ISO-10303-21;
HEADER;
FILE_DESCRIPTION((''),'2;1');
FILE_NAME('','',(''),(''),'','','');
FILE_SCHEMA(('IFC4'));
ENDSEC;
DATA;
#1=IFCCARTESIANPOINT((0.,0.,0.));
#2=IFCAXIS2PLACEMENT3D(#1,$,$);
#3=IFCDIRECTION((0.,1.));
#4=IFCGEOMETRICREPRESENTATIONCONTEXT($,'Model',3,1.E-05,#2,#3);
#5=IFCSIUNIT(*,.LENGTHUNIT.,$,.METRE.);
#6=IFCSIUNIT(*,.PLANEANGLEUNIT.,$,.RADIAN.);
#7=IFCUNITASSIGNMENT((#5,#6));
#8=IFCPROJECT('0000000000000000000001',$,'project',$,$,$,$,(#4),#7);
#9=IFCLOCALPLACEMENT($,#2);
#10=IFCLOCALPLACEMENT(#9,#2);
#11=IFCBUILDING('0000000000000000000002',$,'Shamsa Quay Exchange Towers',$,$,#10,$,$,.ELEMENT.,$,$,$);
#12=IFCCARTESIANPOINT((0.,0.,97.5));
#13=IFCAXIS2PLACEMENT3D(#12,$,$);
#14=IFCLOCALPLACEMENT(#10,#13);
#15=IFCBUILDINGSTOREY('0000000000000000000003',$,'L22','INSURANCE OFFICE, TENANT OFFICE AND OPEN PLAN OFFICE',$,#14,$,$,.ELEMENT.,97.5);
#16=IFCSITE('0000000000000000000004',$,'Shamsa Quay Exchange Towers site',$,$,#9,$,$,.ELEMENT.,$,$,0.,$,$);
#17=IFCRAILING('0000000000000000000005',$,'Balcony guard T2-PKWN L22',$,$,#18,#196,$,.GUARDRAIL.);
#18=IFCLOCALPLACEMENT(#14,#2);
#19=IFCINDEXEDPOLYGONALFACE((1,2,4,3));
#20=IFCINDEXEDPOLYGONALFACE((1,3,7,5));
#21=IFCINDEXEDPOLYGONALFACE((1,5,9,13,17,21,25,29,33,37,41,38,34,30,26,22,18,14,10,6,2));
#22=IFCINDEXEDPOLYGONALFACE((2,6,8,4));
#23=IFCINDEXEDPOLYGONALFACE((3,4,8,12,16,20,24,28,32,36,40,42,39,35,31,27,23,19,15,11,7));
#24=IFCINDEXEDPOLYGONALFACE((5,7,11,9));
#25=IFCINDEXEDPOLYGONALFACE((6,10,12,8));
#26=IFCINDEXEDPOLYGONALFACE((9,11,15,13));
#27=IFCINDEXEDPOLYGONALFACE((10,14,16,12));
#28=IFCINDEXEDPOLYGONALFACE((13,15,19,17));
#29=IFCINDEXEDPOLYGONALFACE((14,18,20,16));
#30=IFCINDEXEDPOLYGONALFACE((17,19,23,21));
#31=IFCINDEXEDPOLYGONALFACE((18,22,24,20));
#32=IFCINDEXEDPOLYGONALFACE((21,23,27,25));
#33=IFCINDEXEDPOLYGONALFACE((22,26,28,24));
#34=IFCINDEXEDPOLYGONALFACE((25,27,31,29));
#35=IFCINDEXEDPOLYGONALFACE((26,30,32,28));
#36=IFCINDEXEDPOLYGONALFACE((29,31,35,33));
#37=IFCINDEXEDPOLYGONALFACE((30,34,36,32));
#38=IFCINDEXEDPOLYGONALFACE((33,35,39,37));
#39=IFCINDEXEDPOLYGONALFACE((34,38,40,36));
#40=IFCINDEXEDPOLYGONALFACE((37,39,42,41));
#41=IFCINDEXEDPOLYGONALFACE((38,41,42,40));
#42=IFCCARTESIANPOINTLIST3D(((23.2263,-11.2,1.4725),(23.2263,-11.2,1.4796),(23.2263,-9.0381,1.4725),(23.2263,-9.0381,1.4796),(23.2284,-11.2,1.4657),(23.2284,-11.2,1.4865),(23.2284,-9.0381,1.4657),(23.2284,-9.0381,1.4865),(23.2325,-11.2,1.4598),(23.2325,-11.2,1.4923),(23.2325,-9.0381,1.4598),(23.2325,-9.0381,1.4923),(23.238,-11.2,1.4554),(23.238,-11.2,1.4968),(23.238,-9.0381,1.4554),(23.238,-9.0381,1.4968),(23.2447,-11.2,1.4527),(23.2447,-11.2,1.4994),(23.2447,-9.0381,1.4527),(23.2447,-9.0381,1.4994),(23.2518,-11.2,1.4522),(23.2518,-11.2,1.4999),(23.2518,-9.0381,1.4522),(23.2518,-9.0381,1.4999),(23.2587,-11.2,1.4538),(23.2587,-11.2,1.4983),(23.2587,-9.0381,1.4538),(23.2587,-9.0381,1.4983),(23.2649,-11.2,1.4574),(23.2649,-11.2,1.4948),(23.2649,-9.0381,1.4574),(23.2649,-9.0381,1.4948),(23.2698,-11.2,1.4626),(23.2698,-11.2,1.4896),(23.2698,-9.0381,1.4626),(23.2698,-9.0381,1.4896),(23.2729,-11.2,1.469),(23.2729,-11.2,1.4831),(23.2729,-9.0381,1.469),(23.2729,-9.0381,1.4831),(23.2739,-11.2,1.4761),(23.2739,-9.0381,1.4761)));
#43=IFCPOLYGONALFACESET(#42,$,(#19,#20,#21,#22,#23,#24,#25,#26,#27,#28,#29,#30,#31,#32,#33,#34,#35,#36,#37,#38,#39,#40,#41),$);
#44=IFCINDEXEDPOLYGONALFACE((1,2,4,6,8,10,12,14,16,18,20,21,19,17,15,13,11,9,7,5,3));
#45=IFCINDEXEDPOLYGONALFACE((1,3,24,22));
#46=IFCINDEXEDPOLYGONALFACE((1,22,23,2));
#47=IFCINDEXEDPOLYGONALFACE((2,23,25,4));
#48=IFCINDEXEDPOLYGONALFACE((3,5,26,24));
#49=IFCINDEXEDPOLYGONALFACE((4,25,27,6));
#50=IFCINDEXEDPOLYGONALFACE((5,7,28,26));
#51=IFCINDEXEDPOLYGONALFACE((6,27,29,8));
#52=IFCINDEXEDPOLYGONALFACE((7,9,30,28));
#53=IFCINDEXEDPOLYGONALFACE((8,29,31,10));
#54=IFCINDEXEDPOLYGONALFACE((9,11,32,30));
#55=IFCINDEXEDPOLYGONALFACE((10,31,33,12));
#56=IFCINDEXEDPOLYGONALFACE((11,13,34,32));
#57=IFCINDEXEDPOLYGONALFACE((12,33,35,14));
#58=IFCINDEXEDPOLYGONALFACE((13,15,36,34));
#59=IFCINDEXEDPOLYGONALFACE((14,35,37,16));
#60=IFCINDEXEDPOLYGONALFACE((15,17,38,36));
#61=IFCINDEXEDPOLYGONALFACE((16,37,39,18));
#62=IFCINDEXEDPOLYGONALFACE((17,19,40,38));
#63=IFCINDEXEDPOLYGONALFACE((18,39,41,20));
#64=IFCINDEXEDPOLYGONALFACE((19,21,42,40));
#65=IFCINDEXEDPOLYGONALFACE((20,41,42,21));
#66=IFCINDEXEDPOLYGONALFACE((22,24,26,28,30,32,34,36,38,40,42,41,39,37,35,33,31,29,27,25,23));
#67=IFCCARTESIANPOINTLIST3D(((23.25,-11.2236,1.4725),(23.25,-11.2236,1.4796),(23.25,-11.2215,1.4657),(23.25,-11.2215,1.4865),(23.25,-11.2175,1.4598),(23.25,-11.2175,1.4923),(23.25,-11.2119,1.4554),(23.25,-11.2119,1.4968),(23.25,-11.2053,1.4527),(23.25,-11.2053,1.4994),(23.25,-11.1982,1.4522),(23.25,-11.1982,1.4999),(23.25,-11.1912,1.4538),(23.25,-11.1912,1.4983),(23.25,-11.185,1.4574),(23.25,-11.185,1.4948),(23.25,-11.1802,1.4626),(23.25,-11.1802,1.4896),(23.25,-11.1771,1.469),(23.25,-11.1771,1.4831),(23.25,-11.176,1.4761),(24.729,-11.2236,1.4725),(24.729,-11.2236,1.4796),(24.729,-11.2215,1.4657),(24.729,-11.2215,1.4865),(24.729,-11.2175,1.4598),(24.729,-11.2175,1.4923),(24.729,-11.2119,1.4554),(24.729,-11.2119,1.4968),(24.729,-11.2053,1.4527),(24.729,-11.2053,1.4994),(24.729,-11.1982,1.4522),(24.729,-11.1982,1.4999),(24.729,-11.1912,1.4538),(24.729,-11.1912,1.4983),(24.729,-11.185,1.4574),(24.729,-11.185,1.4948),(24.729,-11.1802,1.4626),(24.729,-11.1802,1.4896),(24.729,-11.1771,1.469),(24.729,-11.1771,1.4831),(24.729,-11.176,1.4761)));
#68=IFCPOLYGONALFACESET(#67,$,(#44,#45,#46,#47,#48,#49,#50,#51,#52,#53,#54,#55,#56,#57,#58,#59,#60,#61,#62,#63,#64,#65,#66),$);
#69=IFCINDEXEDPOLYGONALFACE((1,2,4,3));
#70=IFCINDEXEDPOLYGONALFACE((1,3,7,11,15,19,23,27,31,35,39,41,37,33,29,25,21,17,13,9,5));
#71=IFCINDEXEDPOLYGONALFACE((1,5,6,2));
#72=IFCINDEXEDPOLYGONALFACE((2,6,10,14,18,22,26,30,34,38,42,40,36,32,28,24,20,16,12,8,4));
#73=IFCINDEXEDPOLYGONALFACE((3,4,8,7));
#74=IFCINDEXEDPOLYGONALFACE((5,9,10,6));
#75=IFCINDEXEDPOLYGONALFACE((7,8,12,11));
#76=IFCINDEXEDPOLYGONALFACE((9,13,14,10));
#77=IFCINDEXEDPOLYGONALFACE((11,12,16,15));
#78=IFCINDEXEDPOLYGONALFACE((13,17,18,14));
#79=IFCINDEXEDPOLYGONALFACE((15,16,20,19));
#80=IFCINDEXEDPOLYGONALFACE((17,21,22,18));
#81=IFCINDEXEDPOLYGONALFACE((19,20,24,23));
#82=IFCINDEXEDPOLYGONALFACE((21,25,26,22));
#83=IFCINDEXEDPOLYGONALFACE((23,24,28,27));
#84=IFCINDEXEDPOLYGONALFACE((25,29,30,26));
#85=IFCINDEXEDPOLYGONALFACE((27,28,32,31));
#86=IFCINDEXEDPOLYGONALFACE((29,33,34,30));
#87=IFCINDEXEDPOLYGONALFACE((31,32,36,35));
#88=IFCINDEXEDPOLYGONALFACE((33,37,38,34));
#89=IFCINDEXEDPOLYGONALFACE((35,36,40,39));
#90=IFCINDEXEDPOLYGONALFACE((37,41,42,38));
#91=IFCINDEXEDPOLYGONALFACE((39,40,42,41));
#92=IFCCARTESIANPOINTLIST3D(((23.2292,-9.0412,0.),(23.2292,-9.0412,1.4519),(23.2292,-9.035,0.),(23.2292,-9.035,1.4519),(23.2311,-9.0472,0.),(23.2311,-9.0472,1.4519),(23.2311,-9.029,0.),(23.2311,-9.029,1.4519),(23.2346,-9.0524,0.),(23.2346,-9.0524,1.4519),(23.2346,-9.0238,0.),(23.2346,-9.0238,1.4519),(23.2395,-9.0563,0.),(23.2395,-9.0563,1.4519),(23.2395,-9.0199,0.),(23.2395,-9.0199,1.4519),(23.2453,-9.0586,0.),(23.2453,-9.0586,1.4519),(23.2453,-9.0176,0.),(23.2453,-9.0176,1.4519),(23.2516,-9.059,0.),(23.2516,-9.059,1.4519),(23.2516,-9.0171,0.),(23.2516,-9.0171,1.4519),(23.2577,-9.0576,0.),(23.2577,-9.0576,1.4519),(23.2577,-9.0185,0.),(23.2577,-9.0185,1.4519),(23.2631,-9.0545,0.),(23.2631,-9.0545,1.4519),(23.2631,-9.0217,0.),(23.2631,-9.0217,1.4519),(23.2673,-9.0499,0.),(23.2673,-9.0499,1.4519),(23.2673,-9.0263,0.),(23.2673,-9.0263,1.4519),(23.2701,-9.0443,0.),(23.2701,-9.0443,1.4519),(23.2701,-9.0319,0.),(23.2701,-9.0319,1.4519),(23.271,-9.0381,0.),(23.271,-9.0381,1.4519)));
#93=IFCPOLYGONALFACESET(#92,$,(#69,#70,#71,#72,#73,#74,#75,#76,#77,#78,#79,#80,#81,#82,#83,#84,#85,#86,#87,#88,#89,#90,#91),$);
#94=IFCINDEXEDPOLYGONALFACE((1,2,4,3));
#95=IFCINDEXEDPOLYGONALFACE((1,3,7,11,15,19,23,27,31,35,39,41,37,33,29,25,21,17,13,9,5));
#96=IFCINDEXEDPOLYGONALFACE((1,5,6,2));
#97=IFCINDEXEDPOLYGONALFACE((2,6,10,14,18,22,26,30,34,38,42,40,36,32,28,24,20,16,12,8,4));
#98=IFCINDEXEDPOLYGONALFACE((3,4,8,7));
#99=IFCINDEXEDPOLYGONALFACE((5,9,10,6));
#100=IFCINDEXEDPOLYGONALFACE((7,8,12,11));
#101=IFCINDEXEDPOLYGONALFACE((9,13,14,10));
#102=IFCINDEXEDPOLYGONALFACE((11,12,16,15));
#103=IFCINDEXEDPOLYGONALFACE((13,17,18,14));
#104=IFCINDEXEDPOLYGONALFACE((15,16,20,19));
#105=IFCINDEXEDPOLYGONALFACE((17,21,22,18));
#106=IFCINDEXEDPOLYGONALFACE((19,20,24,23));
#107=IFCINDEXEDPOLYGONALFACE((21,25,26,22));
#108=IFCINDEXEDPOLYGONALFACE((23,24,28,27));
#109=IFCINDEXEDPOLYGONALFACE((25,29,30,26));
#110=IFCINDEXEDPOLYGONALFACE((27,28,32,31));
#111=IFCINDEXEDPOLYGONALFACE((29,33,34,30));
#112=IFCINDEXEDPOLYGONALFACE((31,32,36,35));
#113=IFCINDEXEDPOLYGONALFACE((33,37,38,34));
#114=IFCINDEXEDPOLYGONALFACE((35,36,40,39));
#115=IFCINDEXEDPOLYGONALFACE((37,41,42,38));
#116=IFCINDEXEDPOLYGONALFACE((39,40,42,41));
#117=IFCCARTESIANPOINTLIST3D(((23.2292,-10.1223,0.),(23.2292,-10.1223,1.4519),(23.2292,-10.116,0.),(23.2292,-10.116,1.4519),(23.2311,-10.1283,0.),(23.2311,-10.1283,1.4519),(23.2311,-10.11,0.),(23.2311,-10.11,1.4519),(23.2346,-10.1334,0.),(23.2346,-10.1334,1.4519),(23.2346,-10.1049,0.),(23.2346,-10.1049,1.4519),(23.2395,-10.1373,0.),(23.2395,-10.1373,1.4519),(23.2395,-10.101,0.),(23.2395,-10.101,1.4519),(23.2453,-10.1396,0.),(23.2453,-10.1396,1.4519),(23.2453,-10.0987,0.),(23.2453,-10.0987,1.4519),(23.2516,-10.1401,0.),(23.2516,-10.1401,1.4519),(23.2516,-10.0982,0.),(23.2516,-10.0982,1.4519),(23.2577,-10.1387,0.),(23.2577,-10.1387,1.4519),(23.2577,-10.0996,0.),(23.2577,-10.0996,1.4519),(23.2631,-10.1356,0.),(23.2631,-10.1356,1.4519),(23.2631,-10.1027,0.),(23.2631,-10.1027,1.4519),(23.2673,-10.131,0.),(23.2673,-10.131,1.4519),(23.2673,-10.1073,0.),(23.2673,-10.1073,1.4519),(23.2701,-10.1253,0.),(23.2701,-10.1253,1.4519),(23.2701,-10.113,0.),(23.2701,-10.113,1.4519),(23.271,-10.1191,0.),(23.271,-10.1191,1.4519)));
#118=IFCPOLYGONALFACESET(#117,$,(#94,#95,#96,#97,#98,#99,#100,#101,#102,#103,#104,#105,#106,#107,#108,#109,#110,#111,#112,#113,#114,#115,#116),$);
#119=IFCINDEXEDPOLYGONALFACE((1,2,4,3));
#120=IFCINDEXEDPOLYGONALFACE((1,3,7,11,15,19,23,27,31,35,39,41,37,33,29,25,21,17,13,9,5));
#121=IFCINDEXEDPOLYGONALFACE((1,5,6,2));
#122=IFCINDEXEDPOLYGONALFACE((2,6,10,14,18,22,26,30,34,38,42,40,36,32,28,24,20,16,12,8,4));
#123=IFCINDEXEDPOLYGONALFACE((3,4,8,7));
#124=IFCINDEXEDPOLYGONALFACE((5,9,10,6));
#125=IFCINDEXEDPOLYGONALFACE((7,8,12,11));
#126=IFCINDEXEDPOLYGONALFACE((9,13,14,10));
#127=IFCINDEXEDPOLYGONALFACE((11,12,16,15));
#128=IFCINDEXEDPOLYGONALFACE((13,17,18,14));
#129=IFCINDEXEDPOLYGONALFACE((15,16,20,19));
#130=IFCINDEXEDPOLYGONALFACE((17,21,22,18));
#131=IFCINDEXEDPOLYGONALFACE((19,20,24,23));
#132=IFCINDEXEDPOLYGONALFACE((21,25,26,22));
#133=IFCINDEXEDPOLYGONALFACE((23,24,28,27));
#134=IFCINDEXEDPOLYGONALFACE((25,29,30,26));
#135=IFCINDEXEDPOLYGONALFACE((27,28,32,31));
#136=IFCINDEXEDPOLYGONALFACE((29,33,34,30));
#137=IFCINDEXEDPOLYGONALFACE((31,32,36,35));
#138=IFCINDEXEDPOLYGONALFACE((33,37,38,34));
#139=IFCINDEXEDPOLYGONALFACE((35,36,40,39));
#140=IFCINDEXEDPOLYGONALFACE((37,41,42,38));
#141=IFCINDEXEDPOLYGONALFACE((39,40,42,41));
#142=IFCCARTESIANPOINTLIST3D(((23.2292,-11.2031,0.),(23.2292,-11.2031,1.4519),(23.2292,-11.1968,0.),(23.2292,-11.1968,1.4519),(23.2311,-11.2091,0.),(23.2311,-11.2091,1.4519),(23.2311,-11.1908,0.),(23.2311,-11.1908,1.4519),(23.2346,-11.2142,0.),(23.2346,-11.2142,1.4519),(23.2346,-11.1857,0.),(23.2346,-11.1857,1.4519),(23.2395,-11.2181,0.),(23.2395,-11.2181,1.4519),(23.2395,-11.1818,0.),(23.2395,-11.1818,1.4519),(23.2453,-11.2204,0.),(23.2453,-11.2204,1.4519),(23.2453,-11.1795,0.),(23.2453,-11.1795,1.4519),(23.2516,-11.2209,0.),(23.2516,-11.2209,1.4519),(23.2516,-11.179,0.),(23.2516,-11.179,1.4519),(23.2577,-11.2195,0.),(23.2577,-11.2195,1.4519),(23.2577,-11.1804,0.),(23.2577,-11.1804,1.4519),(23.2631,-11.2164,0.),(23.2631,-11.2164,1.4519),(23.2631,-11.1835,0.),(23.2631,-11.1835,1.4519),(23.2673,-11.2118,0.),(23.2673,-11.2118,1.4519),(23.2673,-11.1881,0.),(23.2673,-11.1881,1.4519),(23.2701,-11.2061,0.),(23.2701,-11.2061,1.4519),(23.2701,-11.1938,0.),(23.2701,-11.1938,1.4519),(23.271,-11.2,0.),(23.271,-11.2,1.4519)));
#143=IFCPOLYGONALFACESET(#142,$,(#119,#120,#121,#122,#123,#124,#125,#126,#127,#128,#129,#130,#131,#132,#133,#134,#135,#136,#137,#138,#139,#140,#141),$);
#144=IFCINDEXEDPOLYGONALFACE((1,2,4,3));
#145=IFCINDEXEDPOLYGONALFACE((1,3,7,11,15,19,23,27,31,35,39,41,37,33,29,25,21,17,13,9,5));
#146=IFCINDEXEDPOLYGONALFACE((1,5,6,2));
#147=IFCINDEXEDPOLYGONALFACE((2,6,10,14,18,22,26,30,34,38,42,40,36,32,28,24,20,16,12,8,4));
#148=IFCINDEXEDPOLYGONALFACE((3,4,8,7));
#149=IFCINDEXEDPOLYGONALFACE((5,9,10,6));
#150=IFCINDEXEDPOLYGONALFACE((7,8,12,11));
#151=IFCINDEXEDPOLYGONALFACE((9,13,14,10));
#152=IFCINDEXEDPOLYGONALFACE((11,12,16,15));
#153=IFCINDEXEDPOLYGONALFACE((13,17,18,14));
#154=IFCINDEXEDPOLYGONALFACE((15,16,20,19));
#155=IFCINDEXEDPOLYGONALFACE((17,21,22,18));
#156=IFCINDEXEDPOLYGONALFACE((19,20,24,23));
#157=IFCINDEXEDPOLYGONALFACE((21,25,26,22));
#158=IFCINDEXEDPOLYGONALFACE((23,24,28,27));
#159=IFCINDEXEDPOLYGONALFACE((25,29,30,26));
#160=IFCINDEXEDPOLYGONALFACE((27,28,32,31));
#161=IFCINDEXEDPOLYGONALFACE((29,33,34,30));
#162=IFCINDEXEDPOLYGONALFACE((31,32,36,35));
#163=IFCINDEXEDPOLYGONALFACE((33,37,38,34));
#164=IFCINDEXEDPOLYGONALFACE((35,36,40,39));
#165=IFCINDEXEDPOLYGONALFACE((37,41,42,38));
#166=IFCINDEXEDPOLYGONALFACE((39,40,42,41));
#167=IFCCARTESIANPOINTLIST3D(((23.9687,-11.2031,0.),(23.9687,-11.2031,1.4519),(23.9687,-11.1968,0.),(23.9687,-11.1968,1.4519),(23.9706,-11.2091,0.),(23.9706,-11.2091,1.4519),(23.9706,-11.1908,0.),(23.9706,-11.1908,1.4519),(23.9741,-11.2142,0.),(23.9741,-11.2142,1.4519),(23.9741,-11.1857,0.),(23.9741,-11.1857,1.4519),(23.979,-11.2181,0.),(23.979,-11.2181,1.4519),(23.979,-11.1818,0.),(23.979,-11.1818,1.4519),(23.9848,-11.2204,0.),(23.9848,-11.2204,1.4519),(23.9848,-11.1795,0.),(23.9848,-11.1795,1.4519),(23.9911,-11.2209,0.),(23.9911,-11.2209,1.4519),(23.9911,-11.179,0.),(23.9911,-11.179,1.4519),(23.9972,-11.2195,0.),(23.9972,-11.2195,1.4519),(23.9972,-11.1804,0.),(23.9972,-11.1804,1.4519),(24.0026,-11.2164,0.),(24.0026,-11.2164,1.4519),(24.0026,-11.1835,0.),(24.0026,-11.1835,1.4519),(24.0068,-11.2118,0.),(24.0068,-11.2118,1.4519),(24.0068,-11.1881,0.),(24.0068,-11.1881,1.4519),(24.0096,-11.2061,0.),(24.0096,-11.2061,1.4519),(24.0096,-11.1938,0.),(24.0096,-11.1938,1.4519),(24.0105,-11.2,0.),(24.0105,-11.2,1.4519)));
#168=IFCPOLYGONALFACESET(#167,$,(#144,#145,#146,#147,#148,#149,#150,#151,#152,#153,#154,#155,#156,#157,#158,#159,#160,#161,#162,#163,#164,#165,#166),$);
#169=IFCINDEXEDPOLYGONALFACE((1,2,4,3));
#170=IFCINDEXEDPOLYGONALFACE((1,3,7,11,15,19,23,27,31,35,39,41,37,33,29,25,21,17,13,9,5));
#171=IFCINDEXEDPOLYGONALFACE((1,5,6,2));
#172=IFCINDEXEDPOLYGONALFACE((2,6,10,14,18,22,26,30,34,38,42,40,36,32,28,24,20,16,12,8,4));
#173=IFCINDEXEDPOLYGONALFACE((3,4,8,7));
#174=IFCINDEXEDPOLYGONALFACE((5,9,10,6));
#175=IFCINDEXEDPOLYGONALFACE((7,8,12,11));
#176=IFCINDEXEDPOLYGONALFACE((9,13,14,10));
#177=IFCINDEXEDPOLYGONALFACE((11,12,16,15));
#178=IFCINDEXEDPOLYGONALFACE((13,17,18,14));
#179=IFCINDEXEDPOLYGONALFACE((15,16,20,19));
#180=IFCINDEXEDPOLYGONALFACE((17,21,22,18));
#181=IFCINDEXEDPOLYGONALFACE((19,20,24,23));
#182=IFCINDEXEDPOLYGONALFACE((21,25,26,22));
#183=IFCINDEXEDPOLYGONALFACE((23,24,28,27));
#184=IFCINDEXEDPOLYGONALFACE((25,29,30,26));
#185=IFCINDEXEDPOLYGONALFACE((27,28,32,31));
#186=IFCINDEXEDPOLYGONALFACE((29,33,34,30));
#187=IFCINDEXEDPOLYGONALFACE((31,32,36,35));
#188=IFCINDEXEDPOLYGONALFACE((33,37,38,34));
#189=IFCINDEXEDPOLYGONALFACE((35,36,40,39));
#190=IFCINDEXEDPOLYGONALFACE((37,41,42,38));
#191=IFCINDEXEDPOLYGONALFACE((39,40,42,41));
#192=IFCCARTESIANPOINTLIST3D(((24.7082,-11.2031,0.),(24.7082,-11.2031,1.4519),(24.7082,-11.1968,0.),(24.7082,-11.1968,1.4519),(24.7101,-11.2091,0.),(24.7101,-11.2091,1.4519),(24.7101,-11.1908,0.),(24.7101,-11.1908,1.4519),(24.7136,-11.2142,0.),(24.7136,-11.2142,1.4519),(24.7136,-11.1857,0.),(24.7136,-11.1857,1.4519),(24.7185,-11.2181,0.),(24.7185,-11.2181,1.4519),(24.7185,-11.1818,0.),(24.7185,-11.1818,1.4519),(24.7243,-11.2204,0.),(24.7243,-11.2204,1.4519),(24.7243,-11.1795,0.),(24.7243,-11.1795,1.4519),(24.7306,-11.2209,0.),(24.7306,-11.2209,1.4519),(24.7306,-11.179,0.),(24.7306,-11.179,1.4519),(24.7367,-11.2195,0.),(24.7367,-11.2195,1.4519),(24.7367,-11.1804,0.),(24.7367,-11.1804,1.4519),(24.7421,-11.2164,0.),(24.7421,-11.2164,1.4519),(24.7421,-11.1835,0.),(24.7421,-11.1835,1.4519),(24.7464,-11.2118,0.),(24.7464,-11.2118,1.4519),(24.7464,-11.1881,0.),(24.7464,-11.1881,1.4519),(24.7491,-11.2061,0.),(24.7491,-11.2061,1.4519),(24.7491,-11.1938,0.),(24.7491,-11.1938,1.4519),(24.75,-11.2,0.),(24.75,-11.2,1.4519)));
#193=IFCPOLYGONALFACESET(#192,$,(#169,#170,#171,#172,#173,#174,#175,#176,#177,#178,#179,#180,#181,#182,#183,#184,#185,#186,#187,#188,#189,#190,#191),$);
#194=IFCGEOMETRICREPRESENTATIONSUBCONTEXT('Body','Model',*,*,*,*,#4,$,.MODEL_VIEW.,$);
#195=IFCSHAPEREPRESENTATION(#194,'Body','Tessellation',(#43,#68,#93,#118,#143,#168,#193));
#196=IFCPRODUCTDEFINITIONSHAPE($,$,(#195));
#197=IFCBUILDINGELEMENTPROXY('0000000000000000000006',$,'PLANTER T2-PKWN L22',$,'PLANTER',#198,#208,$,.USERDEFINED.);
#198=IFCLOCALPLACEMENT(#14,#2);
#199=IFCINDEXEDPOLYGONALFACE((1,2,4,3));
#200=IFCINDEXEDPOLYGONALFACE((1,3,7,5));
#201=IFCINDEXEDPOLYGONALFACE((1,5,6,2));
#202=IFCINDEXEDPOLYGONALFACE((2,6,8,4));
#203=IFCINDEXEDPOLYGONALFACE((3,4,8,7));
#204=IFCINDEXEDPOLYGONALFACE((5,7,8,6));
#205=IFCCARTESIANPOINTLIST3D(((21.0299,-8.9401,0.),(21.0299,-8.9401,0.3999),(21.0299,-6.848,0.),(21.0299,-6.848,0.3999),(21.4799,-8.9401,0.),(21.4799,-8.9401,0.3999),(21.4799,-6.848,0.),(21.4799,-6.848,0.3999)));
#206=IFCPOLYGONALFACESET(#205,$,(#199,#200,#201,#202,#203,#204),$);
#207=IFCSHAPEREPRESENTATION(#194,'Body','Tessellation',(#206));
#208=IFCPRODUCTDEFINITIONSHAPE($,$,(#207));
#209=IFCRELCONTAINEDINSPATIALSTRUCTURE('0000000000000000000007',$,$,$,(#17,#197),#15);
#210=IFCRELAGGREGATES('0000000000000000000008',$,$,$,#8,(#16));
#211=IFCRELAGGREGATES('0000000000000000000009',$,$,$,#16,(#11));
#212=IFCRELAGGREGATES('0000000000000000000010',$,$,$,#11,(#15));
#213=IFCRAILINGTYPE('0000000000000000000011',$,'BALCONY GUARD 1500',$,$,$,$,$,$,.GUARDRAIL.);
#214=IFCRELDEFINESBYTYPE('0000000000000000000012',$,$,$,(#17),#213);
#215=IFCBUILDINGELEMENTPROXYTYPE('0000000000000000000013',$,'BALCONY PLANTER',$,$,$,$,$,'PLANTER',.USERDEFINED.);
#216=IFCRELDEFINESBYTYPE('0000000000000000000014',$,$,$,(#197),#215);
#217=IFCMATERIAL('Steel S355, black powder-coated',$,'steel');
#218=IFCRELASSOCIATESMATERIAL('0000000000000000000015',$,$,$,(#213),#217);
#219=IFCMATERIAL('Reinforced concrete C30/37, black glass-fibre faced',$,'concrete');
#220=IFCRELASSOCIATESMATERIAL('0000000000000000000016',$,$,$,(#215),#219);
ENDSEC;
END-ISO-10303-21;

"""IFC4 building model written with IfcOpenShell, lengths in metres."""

from ifc_helpers import new_model, si_unit, direction, frame, origin, origin_2d, place, context, subcontext, project, spatial, rectangle, circle, extrude, material, type_object, element, save


model = new_model("IFC4")

# Units and contexts
model_context = context("Model", 3, precision=1e-05, world=origin(), true_north=direction((0.0, 1.0)))
body_context = subcontext(model_context, "Body", "Model", "MODEL_VIEW")
ifc_project = project(units=[si_unit("LENGTHUNIT", "METRE"), si_unit("PLANEANGLEUNIT", "RADIAN")], contexts=[model_context])

# Site, building, storey
site_placement = place(None, origin())
site = spatial("IfcSite", under=ifc_project, at=site_placement, Name="Shamsa Quay Exchange Towers site", CompositionType="ELEMENT", RefElevation=0.0)
building_placement = place(site_placement, origin())
building = spatial("IfcBuilding", under=site, at=building_placement, Name="Shamsa Quay Exchange Towers", CompositionType="ELEMENT")
storey_placement = place(building_placement, frame((0.0, 0.0, 97.5)))
storey = spatial("IfcBuildingStorey", under=building, at=storey_placement, Name="L22", Description="INSURANCE OFFICE, TENANT OFFICE AND OPEN PLAN OFFICE", CompositionType="ELEMENT", Elevation=97.5)

# Railing
ifc_material_1 = material(Name="Steel S355, black powder-coated", Category="steel")
railing_type_1 = type_object("IfcRailingType", Name="BALCONY GUARD 1500", PredefinedType="GUARDRAIL", material=ifc_material_1)
for number, where, name in (
    (1, (23.25, -9.0381, 0.0), "Balcony guard T2-PKWN L22"),
):
    element("IfcRailing", number, at=place(storey_placement, frame(where)), inside=storey, type_object=railing_type_1, Name=name, PredefinedType="GUARDRAIL", context=body_context, shape_type="SweptSolid", body=[
        extrude(circle(Radius=0.0239, at=origin_2d()), frame((0.0, 0.0, 1.4761), z_axis=(0.0, -1.0, 0.0), x_axis=(1.0, 0.0, 0.0)), (0.0, 0.0, 1.0), 2.1619),
        extrude(circle(Radius=0.0239, at=origin_2d()), frame((0.0, -2.1619, 1.4761), z_axis=(1.0, 0.0, 0.0), x_axis=(0.0, 1.0, 0.0)), (0.0, 0.0, 1.0), 1.479),
        extrude(circle(Radius=0.021, at=origin_2d()), origin(), (0.0, 0.0, 1.0), 1.4519),
        extrude(circle(Radius=0.021, at=origin_2d()), frame((0.0, -1.0811, 0.0)), (0.0, 0.0, 1.0), 1.4519),
        extrude(circle(Radius=0.021, at=origin_2d()), frame((0.0, -2.1619, 0.0)), (0.0, 0.0, 1.0), 1.4519),
        extrude(circle(Radius=0.021, at=origin_2d()), frame((0.7395, -2.1619, 0.0)), (0.0, 0.0, 1.0), 1.4519),
        extrude(circle(Radius=0.021, at=origin_2d()), frame((1.479, -2.1619, 0.0)), (0.0, 0.0, 1.0), 1.4519),
    ])

# Building element proxy
ifc_material_2 = material(Name="Reinforced concrete C30/37, black glass-fibre faced", Category="concrete")
building_element_proxy_type = type_object("IfcBuildingElementProxyType", Name="BALCONY PLANTER", ElementType="PLANTER", PredefinedType="USERDEFINED", material=ifc_material_2)
for number, where, z_axis, x_axis, name in (
    (2, (21.2549, -7.894, 0.0), (0.0, 0.0, 1.0), (0.0, -1.0, 0.0), "PLANTER T2-PKWN L22"),
):
    element("IfcBuildingElementProxy", number, at=place(storey_placement, frame(where, z_axis=z_axis, x_axis=x_axis)), inside=storey, type_object=building_element_proxy_type, Name=name, ObjectType="PLANTER", PredefinedType="USERDEFINED", context=body_context, shape_type="SweptSolid", body=[
        extrude(rectangle(XDim=2.092, YDim=0.45, at=origin_2d()), origin(), (0.0, 0.0, 1.0), 0.3999),
    ])

save(model, "model.ifc")
